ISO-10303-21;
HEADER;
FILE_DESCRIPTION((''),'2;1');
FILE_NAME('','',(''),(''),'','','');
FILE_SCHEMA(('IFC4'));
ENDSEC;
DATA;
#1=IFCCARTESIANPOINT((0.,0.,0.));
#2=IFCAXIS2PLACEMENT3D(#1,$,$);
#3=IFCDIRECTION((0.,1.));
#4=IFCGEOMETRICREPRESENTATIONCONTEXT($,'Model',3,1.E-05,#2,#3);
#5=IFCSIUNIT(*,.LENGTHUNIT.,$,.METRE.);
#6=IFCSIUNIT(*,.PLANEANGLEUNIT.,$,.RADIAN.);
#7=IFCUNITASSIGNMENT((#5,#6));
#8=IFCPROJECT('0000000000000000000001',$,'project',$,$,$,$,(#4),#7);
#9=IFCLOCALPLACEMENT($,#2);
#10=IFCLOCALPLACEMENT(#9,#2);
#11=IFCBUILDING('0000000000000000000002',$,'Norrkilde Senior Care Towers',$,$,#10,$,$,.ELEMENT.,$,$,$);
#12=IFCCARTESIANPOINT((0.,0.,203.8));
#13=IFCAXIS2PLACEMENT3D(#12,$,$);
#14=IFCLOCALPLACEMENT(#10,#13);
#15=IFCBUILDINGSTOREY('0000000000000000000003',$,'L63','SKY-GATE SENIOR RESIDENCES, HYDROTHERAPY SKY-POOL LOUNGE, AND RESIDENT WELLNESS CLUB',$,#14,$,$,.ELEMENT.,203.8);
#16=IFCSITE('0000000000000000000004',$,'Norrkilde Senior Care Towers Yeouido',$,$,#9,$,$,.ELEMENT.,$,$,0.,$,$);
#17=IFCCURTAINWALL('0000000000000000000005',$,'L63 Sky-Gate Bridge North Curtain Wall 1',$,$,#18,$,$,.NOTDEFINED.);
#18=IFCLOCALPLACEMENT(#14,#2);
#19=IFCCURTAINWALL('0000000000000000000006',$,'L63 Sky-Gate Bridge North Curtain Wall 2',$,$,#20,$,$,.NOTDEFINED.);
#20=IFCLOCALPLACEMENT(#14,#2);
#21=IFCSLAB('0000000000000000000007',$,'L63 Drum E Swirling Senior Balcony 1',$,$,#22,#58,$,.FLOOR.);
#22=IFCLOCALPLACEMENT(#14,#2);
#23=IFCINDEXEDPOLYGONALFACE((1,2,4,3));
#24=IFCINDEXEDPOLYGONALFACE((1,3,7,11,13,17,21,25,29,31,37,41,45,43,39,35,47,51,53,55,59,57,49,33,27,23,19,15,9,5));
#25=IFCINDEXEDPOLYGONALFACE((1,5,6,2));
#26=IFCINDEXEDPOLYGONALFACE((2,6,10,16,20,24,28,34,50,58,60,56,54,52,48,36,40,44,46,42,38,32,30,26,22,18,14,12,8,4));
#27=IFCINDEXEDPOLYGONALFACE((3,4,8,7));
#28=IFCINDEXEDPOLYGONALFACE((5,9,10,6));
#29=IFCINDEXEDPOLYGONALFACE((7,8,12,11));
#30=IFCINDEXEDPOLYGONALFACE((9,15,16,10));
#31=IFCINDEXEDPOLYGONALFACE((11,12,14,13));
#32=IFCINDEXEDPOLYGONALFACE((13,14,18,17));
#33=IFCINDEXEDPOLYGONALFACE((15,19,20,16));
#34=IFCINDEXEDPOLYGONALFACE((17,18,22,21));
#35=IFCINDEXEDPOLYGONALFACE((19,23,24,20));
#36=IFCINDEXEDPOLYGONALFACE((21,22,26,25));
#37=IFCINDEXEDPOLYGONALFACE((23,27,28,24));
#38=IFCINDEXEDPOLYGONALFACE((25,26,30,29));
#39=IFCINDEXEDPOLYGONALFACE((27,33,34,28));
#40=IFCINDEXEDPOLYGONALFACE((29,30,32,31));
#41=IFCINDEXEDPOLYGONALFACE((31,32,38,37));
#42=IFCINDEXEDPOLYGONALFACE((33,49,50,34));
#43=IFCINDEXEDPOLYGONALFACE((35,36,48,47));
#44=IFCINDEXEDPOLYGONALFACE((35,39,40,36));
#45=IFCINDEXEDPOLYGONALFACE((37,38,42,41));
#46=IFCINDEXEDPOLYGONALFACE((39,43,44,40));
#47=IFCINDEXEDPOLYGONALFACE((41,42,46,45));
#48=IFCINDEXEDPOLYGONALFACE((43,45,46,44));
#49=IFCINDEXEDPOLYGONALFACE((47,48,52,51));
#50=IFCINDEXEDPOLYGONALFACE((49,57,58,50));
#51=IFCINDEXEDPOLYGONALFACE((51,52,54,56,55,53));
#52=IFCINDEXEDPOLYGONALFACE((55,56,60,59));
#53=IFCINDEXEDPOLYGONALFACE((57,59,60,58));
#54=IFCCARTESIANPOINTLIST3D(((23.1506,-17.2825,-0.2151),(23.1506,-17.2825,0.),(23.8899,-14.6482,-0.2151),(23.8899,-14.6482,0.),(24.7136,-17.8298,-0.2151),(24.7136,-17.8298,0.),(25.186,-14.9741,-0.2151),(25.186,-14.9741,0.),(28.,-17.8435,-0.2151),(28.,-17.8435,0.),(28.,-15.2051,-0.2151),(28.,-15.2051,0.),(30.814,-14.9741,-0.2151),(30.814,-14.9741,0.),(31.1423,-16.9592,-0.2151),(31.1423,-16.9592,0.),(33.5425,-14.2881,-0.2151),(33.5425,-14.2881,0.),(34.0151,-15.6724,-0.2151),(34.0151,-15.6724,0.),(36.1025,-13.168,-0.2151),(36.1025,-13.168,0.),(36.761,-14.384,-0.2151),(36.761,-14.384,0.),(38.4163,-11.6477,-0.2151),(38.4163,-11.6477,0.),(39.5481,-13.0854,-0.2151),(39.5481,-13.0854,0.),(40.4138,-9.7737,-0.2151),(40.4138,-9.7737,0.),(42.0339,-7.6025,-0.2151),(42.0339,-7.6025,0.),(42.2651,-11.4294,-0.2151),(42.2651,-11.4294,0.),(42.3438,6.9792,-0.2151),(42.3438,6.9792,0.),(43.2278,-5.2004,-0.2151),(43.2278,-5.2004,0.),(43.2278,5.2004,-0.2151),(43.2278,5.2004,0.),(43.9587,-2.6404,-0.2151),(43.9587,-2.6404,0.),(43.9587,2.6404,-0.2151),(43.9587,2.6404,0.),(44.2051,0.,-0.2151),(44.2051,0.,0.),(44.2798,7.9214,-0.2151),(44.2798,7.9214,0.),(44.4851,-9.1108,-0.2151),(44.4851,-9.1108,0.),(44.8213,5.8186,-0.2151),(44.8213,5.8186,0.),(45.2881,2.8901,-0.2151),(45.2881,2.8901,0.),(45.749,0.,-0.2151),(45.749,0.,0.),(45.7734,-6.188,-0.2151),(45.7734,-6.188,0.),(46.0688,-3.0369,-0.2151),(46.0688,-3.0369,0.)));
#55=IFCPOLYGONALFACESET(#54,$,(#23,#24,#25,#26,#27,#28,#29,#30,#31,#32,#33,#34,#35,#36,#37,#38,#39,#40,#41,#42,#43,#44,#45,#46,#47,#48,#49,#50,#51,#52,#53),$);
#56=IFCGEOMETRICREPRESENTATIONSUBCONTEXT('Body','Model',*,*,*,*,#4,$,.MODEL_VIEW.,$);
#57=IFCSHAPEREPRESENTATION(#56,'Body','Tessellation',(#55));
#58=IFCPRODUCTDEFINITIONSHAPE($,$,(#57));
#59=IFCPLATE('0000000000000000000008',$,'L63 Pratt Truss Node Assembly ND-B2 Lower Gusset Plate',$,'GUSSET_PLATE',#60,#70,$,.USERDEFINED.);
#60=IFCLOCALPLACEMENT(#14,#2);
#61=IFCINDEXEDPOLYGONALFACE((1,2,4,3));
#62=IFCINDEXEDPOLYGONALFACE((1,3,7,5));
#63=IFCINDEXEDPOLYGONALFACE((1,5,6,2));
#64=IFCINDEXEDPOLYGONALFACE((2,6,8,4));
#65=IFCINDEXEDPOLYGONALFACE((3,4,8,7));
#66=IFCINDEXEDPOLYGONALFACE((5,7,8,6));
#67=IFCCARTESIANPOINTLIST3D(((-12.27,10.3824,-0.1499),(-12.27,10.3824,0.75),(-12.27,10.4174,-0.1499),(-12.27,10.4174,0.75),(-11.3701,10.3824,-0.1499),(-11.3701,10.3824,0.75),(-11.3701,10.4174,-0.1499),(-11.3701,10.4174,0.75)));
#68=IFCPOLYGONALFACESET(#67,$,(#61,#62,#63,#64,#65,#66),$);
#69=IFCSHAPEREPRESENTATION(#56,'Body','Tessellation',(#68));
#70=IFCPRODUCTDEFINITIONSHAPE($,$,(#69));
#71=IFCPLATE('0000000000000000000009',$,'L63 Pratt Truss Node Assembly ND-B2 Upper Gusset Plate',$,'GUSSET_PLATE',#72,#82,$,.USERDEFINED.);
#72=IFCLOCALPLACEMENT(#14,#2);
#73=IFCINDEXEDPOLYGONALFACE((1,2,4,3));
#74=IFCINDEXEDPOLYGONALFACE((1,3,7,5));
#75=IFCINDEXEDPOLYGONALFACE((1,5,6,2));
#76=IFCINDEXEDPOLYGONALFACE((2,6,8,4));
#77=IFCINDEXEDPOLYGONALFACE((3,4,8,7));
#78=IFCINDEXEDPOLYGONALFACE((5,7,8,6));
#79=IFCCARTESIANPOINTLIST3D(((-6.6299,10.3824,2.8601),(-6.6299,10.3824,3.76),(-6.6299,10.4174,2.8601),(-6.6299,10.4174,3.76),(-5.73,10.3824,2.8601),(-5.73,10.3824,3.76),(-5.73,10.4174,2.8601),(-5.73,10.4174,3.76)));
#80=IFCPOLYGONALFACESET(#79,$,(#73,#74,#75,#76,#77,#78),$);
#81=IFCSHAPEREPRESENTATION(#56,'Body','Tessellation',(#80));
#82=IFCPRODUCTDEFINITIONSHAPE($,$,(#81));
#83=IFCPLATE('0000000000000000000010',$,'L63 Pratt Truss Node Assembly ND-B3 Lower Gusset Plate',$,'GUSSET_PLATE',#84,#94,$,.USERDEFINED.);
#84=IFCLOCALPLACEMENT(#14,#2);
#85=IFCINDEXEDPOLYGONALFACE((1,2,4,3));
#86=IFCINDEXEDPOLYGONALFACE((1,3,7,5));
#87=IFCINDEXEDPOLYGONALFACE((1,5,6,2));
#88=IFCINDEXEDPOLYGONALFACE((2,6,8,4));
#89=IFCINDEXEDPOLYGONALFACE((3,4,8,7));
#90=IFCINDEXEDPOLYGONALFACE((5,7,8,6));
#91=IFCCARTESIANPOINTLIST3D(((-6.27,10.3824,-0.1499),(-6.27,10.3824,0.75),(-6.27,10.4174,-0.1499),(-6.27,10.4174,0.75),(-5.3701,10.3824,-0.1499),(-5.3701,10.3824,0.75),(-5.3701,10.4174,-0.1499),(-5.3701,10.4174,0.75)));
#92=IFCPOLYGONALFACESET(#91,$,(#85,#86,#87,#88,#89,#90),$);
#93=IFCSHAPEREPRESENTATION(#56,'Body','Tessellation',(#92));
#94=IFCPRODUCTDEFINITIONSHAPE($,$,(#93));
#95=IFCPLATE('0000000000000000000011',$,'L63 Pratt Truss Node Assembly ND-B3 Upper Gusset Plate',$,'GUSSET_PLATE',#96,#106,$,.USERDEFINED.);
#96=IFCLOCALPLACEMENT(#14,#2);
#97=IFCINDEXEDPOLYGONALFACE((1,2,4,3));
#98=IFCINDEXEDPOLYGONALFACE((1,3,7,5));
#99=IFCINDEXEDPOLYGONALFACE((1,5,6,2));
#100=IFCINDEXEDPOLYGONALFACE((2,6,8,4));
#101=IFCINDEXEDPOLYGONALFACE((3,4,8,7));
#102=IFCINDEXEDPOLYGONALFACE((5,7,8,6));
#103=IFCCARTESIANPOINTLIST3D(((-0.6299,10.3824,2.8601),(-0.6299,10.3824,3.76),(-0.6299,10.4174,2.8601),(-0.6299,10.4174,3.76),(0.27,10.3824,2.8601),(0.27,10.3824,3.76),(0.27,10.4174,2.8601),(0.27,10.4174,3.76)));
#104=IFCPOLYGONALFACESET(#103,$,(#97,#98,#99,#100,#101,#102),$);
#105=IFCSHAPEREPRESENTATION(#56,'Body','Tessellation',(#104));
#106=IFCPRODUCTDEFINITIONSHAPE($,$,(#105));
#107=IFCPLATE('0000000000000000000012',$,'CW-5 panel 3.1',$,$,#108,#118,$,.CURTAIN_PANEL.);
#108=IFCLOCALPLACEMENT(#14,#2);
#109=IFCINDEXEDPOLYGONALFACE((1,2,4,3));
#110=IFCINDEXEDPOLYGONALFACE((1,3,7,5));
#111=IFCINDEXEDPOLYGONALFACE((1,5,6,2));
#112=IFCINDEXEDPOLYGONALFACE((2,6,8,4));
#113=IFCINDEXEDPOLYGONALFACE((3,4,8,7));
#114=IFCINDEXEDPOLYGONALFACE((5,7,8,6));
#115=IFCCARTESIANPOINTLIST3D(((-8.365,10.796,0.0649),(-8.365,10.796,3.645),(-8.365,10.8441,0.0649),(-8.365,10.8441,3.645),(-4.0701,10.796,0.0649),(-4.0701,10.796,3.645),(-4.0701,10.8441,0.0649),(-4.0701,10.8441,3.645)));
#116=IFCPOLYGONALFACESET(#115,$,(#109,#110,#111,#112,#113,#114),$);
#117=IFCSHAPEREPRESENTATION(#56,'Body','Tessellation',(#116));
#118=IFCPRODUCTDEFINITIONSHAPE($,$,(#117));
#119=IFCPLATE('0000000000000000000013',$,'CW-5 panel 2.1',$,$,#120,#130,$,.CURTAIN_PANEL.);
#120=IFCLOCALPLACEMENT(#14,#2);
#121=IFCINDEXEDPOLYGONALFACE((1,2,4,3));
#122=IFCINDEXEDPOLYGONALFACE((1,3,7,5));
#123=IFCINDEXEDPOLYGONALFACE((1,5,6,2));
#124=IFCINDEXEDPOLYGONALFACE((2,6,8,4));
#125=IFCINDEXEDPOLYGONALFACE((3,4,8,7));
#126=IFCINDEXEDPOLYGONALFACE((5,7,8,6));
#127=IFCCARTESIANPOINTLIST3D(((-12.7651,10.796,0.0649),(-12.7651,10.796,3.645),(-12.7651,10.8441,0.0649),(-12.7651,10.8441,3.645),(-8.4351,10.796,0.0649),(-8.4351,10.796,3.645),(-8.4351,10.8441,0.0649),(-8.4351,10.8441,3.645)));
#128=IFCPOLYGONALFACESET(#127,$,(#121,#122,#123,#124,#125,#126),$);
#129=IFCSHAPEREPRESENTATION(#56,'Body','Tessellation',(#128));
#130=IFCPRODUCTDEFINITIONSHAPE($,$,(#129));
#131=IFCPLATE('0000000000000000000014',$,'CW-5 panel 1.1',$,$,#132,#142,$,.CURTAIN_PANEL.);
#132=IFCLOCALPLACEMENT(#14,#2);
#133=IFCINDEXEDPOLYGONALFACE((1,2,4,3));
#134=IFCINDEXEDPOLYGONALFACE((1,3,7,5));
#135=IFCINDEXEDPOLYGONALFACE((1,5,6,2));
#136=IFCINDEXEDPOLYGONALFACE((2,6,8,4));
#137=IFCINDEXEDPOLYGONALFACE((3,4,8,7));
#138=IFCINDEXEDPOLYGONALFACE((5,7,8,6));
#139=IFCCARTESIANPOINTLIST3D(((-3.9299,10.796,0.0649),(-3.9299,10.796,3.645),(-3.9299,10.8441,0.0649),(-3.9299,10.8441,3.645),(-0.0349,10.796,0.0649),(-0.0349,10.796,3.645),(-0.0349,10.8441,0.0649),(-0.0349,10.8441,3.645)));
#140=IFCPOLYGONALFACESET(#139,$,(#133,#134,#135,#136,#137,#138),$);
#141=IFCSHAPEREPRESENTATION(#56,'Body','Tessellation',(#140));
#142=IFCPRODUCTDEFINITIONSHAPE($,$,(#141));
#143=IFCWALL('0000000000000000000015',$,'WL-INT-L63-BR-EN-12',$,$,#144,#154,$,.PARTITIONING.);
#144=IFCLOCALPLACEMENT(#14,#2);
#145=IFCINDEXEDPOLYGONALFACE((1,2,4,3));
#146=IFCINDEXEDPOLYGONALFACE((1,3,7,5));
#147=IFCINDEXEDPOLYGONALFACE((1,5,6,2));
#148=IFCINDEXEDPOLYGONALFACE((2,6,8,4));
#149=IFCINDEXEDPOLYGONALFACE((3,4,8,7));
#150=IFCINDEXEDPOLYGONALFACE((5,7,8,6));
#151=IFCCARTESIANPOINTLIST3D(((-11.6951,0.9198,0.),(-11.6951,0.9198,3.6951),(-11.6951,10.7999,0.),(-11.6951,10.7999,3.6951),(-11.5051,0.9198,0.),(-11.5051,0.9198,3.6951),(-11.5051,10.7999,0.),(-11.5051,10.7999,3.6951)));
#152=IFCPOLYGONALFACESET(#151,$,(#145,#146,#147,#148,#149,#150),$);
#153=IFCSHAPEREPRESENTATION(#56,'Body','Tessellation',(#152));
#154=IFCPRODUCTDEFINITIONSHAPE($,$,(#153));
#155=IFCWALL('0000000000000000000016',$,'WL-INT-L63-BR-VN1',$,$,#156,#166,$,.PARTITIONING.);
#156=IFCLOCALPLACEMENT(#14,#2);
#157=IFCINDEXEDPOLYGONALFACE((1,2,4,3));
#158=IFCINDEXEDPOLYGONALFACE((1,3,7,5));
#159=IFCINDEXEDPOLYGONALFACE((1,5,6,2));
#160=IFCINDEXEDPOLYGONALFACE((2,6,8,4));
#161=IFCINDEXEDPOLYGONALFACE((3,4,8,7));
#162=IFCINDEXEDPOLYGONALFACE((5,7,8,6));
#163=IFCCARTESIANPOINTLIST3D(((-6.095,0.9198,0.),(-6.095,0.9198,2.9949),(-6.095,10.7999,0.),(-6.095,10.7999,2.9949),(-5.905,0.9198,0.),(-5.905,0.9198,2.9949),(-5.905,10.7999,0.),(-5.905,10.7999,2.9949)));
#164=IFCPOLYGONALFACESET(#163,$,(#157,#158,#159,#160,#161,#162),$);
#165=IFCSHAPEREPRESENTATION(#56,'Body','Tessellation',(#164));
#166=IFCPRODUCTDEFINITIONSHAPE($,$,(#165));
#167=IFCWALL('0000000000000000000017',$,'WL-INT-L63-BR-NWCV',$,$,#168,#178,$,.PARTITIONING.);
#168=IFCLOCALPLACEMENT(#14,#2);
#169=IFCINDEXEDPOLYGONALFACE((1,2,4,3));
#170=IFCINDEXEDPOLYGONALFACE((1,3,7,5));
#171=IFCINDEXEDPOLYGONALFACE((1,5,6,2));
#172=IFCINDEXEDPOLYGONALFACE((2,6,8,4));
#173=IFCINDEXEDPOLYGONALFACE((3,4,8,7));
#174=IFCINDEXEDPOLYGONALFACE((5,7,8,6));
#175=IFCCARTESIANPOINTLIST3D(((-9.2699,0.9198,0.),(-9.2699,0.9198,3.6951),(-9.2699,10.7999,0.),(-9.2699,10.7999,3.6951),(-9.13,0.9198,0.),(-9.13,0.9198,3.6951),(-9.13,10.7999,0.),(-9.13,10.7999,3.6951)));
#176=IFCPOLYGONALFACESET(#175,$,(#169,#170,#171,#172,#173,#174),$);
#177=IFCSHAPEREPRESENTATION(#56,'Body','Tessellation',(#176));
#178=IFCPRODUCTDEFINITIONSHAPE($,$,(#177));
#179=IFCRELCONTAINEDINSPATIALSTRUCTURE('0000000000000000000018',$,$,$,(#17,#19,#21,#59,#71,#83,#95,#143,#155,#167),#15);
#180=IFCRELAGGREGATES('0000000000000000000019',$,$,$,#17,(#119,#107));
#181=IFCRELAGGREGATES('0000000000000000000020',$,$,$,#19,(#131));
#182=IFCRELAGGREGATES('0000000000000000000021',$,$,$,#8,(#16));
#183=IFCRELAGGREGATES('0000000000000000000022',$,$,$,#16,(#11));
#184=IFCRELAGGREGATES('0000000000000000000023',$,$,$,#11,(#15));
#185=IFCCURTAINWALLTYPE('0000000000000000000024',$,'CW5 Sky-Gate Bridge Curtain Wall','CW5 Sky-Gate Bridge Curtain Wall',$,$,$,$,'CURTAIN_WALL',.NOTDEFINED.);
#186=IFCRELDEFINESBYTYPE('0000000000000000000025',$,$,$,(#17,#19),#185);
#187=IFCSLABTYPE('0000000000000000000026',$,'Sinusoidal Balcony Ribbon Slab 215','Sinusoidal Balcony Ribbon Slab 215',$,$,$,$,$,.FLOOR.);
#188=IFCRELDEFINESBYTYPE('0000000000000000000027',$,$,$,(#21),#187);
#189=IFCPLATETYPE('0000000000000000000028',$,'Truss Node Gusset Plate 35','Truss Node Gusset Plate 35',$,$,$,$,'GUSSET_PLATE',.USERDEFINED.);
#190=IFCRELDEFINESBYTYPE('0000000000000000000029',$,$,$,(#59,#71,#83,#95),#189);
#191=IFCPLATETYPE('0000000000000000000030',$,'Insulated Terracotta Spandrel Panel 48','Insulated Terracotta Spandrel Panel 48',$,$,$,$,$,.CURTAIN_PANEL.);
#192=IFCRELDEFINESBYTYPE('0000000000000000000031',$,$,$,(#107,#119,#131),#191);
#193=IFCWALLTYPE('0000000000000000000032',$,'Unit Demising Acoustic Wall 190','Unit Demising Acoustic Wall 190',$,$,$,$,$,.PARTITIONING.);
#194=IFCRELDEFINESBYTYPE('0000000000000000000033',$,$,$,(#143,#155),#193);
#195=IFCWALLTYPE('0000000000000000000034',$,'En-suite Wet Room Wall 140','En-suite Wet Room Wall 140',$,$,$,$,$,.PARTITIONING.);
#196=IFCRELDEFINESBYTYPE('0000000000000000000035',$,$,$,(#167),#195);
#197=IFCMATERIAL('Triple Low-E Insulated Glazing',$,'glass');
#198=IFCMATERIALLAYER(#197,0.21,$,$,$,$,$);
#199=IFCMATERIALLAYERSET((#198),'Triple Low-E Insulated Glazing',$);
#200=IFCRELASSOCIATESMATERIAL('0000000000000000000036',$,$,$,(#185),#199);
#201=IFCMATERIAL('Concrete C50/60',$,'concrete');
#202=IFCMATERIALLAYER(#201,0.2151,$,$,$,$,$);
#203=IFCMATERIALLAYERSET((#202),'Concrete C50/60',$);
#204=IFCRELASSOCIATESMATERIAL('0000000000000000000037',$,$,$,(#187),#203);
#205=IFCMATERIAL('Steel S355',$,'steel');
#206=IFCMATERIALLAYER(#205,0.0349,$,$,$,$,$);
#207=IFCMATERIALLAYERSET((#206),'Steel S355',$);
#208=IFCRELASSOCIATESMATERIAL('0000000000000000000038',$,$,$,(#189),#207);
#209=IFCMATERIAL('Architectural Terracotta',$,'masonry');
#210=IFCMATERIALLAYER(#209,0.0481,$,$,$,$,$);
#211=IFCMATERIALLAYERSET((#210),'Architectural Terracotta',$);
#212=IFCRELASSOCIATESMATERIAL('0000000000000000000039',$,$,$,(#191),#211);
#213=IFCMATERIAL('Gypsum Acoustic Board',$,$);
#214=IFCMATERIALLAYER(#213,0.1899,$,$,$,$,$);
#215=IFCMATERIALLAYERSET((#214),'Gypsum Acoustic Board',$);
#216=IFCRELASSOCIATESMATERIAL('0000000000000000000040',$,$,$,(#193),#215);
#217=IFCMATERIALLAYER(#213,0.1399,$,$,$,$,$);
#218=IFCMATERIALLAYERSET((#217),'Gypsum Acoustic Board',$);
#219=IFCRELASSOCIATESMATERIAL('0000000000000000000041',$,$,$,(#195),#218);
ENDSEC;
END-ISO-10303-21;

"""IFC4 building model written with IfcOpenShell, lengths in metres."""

from ifc_helpers import new_model, si_unit, direction, frame, frame_2d, origin, origin_2d, place, context, subcontext, project, spatial, polyline, rectangle, outline, extrude, source, transform, mapped, material, layer, layer_set, type_object, type_shapes, element, aggregate, save


model = new_model("IFC4")

# Units and contexts
model_context = context("Model", 3, precision=1e-05, world=origin(), true_north=direction((0.0, 1.0)))
body_context = subcontext(model_context, "Body", "Model", "MODEL_VIEW")
ifc_project = project(units=[si_unit("LENGTHUNIT", "METRE"), si_unit("PLANEANGLEUNIT", "RADIAN")], contexts=[model_context])

# Site, building, storey
site_placement = place(None, origin())
site = spatial("IfcSite", under=ifc_project, at=site_placement, Name="Norrkilde Senior Care Towers Yeouido", CompositionType="ELEMENT", RefElevation=0.0)
building_placement = place(site_placement, origin())
building = spatial("IfcBuilding", under=site, at=building_placement, Name="Norrkilde Senior Care Towers", CompositionType="ELEMENT")
storey_placement = place(building_placement, frame((0.0, 0.0, 203.8)))
storey = spatial("IfcBuildingStorey", under=building, at=storey_placement, Name="L63", Description="SKY-GATE SENIOR RESIDENCES, HYDROTHERAPY SKY-POOL LOUNGE, AND RESIDENT WELLNESS CLUB", CompositionType="ELEMENT", Elevation=203.8)

# Shared definitions
ifc_material_1 = material(Name="Steel S355", Category="steel")

# Curtain walls
ifc_material_2 = material(Name="Triple Low-E Insulated Glazing", Category="glass")
ifc_layer_1 = layer(ifc_material_2, 0.21)
ifc_layer_set_1 = layer_set([ifc_layer_1], Name="Triple Low-E Insulated Glazing")
curtain_wall_type = type_object("IfcCurtainWallType", Name="CW5 Sky-Gate Bridge Curtain Wall", Description="CW5 Sky-Gate Bridge Curtain Wall", ElementType="CURTAIN_WALL", PredefinedType="NOTDEFINED", material=ifc_layer_set_1)
curtain_wall_1_placement = place(storey_placement, origin())
curtain_wall_1 = element("IfcCurtainWall", 1, at=curtain_wall_1_placement, inside=storey, type_object=curtain_wall_type, Name="L63 Sky-Gate Bridge North Curtain Wall 1", PredefinedType="NOTDEFINED")
curtain_wall_2_placement = place(storey_placement, origin())
curtain_wall_2 = element("IfcCurtainWall", 2, at=curtain_wall_2_placement, inside=storey, type_object=curtain_wall_type, Name="L63 Sky-Gate Bridge North Curtain Wall 2", PredefinedType="NOTDEFINED")

# Slab
ifc_material_3 = material(Name="Concrete C50/60", Category="concrete")
ifc_layer_2 = layer(ifc_material_3, 0.2151)
ifc_layer_set_2 = layer_set([ifc_layer_2], Name="Concrete C50/60")
slab_type_1 = type_object("IfcSlabType", Name="Sinusoidal Balcony Ribbon Slab 215", Description="Sinusoidal Balcony Ribbon Slab 215", PredefinedType="FLOOR", material=ifc_layer_set_2)
slab_1_placement = place(storey_placement, frame((0.0, 0.0, -0.2151)))
element("IfcSlab", 3, at=slab_1_placement, inside=storey, type_object=slab_type_1, Name="L63 Drum E Swirling Senior Balcony 1", PredefinedType="FLOOR", context=body_context, shape_type="SweptSolid", body=[
    extrude(outline(polyline([(42.2651, -11.4294), (39.5481, -13.0854), (36.761, -14.384), (34.0151, -15.6724), (31.1423, -16.9592), (28.0, -17.8435), (24.7136, -17.8298), (23.1506, -17.2825), (23.8899, -14.6482), (25.186, -14.9741), (28.0, -15.2051), (30.814, -14.9741), (33.5425, -14.2881), (36.1025, -13.168), (38.4163, -11.6477), (40.4138, -9.7737), (42.0339, -7.6025), (43.2278, -5.2004), (43.9587, -2.6404), (44.2051, 0.0), (43.9587, 2.6404), (43.2278, 5.2004), (42.3438, 6.9792), (44.2798, 7.9214), (44.8213, 5.8186), (45.2881, 2.8901), (45.749, 0.0), (46.0688, -3.0369), (45.7734, -6.188), (44.4851, -9.1108), (42.2651, -11.4294)])), origin(), (0.0, 0.0, 1.0), 0.2151),
])

# Plates
ifc_layer_3 = layer(ifc_material_1, 0.0349)
ifc_layer_set_3 = layer_set([ifc_layer_3], Name="Steel S355")
plate_type_1 = type_object("IfcPlateType", Name="Truss Node Gusset Plate 35", Description="Truss Node Gusset Plate 35", ElementType="GUSSET_PLATE", PredefinedType="USERDEFINED", material=ifc_layer_set_3)
shared_shape_1 = source(origin(), body_context, "Body", "SweptSolid", [
    extrude(rectangle(XDim=0.8999, YDim=0.0349, at=origin_2d()), origin(), (0.0, 0.0, 1.0), 0.8999),
])
type_shapes(plate_type_1, [shared_shape_1])
for number, where, z_axis, x_axis, name in (
    (4, (-11.8201, 10.3999, -0.1499), (0.0, 0.0, 1.0), (1.0, 0.0, 0.0), "L63 Pratt Truss Node Assembly ND-B2 Lower Gusset Plate"),
    (5, (-6.1799, 10.3999, 2.8601), (0.0, 0.0, 1.0), (1.0, 0.0, 0.0), "L63 Pratt Truss Node Assembly ND-B2 Upper Gusset Plate"),
    (6, (-5.8201, 10.3999, -0.1499), (0.0, 0.0, 1.0), (1.0, 0.0, 0.0), "L63 Pratt Truss Node Assembly ND-B3 Lower Gusset Plate"),
    (7, (-0.1799, 10.3999, 2.8601), (0.0, 0.0, 1.0), (1.0, 0.0, 0.0), "L63 Pratt Truss Node Assembly ND-B3 Upper Gusset Plate"),
):
    element("IfcPlate", number, at=place(storey_placement, frame(where, z_axis=z_axis, x_axis=x_axis)), inside=storey, type_object=plate_type_1, Name=name, ObjectType="GUSSET_PLATE", PredefinedType="USERDEFINED", context=body_context, shape_type="MappedRepresentation", body=[
        mapped(shared_shape_1, transform((0.0, 0.0, 0.0), x_axis=(1.0, 0.0, 0.0), y_axis=(0.0, 1.0, 0.0), z_axis=(0.0, 0.0, 1.0), scale=1.0)),
    ])

# Plates
ifc_material_4 = material(Name="Architectural Terracotta", Category="masonry")
ifc_layer_4 = layer(ifc_material_4, 0.0481)
ifc_layer_set_4 = layer_set([ifc_layer_4], Name="Architectural Terracotta")
plate_type_2 = type_object("IfcPlateType", Name="Insulated Terracotta Spandrel Panel 48", Description="Insulated Terracotta Spandrel Panel 48", PredefinedType="CURTAIN_PANEL", material=ifc_layer_set_4)
shared_shape_2 = source(origin(), body_context, "Body", "SweptSolid", [
    extrude(rectangle(XDim=4.2949, YDim=0.0481, at=origin_2d()), origin(), (0.0, 0.0, 1.0), 3.5801),
])
plate_1_placement = place(storey_placement, frame((-6.2175, 10.8201, 0.0649), z_axis=(0.0, 0.0, 1.0), x_axis=(1.0, 0.0, 0.0)))
plate_1 = element("IfcPlate", 8, at=plate_1_placement, type_object=plate_type_2, Name="CW-5 panel 3.1", PredefinedType="CURTAIN_PANEL", context=body_context, shape_type="MappedRepresentation", body=[
    mapped(shared_shape_2, transform((0.0, 0.0, 0.0), x_axis=(1.0, 0.0, 0.0), y_axis=(0.0, 1.0, 0.0), z_axis=(0.0, 0.0, 1.0), scale=1.0)),
])
shared_shape_3 = source(origin(), body_context, "Body", "SweptSolid", [
    extrude(rectangle(XDim=4.3301, YDim=0.0481, at=origin_2d()), origin(), (0.0, 0.0, 1.0), 3.5801),
])
plate_2_placement = place(storey_placement, frame((-10.6001, 10.8201, 0.0649), z_axis=(0.0, 0.0, 1.0), x_axis=(1.0, 0.0, 0.0)))
plate_2 = element("IfcPlate", 9, at=plate_2_placement, type_object=plate_type_2, Name="CW-5 panel 2.1", PredefinedType="CURTAIN_PANEL", context=body_context, shape_type="MappedRepresentation", body=[
    mapped(shared_shape_3, transform((0.0, 0.0, 0.0), x_axis=(1.0, 0.0, 0.0), y_axis=(0.0, 1.0, 0.0), z_axis=(0.0, 0.0, 1.0), scale=1.0)),
])
aggregate(curtain_wall_1, [plate_2, plate_1])
shared_shape_4 = source(origin(), body_context, "Body", "SweptSolid", [
    extrude(rectangle(XDim=3.895, YDim=0.0481, at=origin_2d()), origin(), (0.0, 0.0, 1.0), 3.5801),
])
type_shapes(plate_type_2, [shared_shape_2, shared_shape_3, shared_shape_4])
plate_3_placement = place(storey_placement, frame((-1.9824, 10.8201, 0.0649), z_axis=(0.0, 0.0, 1.0), x_axis=(1.0, 0.0, 0.0)))
plate_3 = element("IfcPlate", 10, at=plate_3_placement, type_object=plate_type_2, Name="CW-5 panel 1.1", PredefinedType="CURTAIN_PANEL", context=body_context, shape_type="MappedRepresentation", body=[
    mapped(shared_shape_4, transform((0.0, 0.0, 0.0), x_axis=(1.0, 0.0, 0.0), y_axis=(0.0, 1.0, 0.0), z_axis=(0.0, 0.0, 1.0), scale=1.0)),
])
aggregate(curtain_wall_2, [plate_3])

# Walls
ifc_material_5 = material(Name="Gypsum Acoustic Board")
ifc_layer_5 = layer(ifc_material_5, 0.1899)
ifc_layer_set_5 = layer_set([ifc_layer_5], Name="Gypsum Acoustic Board")
wall_type_1 = type_object("IfcWallType", Name="Unit Demising Acoustic Wall 190", Description="Unit Demising Acoustic Wall 190", PredefinedType="PARTITIONING", material=ifc_layer_set_5)
shared_shape_5 = source(origin(), body_context, "Body", "SweptSolid", [
    extrude(rectangle(XDim=9.8801, YDim=0.1899, at=frame_2d((4.9399, 0.0))), origin(), (0.0, 0.0, 1.0), 3.6951),
])
wall_1_placement = place(storey_placement, frame((-11.6001, 0.9199, 0.0), z_axis=(0.0, 0.0, 1.0), x_axis=(0.0, 1.0, 0.0)))
element("IfcWall", 11, at=wall_1_placement, inside=storey, type_object=wall_type_1, Name="WL-INT-L63-BR-EN-12", PredefinedType="PARTITIONING", context=body_context, shape_type="MappedRepresentation", body=[
    mapped(shared_shape_5, transform((0.0, 0.0, 0.0), x_axis=(1.0, 0.0, 0.0), y_axis=(0.0, 1.0, 0.0), z_axis=(0.0, 0.0, 1.0), scale=1.0)),
])
shared_shape_6 = source(origin(), body_context, "Body", "SweptSolid", [
    extrude(rectangle(XDim=9.8801, YDim=0.1899, at=frame_2d((4.9399, 0.0))), origin(), (0.0, 0.0, 1.0), 2.9949),
])
type_shapes(wall_type_1, [shared_shape_5, shared_shape_6])
wall_2_placement = place(storey_placement, frame((-6.0, 0.9199, 0.0), z_axis=(0.0, 0.0, 1.0), x_axis=(0.0, 1.0, 0.0)))
element("IfcWall", 12, at=wall_2_placement, inside=storey, type_object=wall_type_1, Name="WL-INT-L63-BR-VN1", PredefinedType="PARTITIONING", context=body_context, shape_type="MappedRepresentation", body=[
    mapped(shared_shape_6, transform((0.0, 0.0, 0.0), x_axis=(1.0, 0.0, 0.0), y_axis=(0.0, 1.0, 0.0), z_axis=(0.0, 0.0, 1.0), scale=1.0)),
])
ifc_layer_6 = layer(ifc_material_5, 0.1399)
ifc_layer_set_6 = layer_set([ifc_layer_6], Name="Gypsum Acoustic Board")
wall_type_2 = type_object("IfcWallType", Name="En-suite Wet Room Wall 140", Description="En-suite Wet Room Wall 140", PredefinedType="PARTITIONING", material=ifc_layer_set_6)
shared_shape_7 = source(origin(), body_context, "Body", "SweptSolid", [
    extrude(rectangle(XDim=9.8801, YDim=0.1399, at=frame_2d((4.9399, 0.0))), origin(), (0.0, 0.0, 1.0), 3.6951),
])
type_shapes(wall_type_2, [shared_shape_7])
wall_3_placement = place(storey_placement, frame((-9.2, 0.9199, 0.0), z_axis=(0.0, 0.0, 1.0), x_axis=(0.0, 1.0, 0.0)))
element("IfcWall", 13, at=wall_3_placement, inside=storey, type_object=wall_type_2, Name="WL-INT-L63-BR-NWCV", PredefinedType="PARTITIONING", context=body_context, shape_type="MappedRepresentation", body=[
    mapped(shared_shape_7, transform((0.0, 0.0, 0.0), x_axis=(1.0, 0.0, 0.0), y_axis=(0.0, 1.0, 0.0), z_axis=(0.0, 0.0, 1.0), scale=1.0)),
])

save(model, "model.ifc")
